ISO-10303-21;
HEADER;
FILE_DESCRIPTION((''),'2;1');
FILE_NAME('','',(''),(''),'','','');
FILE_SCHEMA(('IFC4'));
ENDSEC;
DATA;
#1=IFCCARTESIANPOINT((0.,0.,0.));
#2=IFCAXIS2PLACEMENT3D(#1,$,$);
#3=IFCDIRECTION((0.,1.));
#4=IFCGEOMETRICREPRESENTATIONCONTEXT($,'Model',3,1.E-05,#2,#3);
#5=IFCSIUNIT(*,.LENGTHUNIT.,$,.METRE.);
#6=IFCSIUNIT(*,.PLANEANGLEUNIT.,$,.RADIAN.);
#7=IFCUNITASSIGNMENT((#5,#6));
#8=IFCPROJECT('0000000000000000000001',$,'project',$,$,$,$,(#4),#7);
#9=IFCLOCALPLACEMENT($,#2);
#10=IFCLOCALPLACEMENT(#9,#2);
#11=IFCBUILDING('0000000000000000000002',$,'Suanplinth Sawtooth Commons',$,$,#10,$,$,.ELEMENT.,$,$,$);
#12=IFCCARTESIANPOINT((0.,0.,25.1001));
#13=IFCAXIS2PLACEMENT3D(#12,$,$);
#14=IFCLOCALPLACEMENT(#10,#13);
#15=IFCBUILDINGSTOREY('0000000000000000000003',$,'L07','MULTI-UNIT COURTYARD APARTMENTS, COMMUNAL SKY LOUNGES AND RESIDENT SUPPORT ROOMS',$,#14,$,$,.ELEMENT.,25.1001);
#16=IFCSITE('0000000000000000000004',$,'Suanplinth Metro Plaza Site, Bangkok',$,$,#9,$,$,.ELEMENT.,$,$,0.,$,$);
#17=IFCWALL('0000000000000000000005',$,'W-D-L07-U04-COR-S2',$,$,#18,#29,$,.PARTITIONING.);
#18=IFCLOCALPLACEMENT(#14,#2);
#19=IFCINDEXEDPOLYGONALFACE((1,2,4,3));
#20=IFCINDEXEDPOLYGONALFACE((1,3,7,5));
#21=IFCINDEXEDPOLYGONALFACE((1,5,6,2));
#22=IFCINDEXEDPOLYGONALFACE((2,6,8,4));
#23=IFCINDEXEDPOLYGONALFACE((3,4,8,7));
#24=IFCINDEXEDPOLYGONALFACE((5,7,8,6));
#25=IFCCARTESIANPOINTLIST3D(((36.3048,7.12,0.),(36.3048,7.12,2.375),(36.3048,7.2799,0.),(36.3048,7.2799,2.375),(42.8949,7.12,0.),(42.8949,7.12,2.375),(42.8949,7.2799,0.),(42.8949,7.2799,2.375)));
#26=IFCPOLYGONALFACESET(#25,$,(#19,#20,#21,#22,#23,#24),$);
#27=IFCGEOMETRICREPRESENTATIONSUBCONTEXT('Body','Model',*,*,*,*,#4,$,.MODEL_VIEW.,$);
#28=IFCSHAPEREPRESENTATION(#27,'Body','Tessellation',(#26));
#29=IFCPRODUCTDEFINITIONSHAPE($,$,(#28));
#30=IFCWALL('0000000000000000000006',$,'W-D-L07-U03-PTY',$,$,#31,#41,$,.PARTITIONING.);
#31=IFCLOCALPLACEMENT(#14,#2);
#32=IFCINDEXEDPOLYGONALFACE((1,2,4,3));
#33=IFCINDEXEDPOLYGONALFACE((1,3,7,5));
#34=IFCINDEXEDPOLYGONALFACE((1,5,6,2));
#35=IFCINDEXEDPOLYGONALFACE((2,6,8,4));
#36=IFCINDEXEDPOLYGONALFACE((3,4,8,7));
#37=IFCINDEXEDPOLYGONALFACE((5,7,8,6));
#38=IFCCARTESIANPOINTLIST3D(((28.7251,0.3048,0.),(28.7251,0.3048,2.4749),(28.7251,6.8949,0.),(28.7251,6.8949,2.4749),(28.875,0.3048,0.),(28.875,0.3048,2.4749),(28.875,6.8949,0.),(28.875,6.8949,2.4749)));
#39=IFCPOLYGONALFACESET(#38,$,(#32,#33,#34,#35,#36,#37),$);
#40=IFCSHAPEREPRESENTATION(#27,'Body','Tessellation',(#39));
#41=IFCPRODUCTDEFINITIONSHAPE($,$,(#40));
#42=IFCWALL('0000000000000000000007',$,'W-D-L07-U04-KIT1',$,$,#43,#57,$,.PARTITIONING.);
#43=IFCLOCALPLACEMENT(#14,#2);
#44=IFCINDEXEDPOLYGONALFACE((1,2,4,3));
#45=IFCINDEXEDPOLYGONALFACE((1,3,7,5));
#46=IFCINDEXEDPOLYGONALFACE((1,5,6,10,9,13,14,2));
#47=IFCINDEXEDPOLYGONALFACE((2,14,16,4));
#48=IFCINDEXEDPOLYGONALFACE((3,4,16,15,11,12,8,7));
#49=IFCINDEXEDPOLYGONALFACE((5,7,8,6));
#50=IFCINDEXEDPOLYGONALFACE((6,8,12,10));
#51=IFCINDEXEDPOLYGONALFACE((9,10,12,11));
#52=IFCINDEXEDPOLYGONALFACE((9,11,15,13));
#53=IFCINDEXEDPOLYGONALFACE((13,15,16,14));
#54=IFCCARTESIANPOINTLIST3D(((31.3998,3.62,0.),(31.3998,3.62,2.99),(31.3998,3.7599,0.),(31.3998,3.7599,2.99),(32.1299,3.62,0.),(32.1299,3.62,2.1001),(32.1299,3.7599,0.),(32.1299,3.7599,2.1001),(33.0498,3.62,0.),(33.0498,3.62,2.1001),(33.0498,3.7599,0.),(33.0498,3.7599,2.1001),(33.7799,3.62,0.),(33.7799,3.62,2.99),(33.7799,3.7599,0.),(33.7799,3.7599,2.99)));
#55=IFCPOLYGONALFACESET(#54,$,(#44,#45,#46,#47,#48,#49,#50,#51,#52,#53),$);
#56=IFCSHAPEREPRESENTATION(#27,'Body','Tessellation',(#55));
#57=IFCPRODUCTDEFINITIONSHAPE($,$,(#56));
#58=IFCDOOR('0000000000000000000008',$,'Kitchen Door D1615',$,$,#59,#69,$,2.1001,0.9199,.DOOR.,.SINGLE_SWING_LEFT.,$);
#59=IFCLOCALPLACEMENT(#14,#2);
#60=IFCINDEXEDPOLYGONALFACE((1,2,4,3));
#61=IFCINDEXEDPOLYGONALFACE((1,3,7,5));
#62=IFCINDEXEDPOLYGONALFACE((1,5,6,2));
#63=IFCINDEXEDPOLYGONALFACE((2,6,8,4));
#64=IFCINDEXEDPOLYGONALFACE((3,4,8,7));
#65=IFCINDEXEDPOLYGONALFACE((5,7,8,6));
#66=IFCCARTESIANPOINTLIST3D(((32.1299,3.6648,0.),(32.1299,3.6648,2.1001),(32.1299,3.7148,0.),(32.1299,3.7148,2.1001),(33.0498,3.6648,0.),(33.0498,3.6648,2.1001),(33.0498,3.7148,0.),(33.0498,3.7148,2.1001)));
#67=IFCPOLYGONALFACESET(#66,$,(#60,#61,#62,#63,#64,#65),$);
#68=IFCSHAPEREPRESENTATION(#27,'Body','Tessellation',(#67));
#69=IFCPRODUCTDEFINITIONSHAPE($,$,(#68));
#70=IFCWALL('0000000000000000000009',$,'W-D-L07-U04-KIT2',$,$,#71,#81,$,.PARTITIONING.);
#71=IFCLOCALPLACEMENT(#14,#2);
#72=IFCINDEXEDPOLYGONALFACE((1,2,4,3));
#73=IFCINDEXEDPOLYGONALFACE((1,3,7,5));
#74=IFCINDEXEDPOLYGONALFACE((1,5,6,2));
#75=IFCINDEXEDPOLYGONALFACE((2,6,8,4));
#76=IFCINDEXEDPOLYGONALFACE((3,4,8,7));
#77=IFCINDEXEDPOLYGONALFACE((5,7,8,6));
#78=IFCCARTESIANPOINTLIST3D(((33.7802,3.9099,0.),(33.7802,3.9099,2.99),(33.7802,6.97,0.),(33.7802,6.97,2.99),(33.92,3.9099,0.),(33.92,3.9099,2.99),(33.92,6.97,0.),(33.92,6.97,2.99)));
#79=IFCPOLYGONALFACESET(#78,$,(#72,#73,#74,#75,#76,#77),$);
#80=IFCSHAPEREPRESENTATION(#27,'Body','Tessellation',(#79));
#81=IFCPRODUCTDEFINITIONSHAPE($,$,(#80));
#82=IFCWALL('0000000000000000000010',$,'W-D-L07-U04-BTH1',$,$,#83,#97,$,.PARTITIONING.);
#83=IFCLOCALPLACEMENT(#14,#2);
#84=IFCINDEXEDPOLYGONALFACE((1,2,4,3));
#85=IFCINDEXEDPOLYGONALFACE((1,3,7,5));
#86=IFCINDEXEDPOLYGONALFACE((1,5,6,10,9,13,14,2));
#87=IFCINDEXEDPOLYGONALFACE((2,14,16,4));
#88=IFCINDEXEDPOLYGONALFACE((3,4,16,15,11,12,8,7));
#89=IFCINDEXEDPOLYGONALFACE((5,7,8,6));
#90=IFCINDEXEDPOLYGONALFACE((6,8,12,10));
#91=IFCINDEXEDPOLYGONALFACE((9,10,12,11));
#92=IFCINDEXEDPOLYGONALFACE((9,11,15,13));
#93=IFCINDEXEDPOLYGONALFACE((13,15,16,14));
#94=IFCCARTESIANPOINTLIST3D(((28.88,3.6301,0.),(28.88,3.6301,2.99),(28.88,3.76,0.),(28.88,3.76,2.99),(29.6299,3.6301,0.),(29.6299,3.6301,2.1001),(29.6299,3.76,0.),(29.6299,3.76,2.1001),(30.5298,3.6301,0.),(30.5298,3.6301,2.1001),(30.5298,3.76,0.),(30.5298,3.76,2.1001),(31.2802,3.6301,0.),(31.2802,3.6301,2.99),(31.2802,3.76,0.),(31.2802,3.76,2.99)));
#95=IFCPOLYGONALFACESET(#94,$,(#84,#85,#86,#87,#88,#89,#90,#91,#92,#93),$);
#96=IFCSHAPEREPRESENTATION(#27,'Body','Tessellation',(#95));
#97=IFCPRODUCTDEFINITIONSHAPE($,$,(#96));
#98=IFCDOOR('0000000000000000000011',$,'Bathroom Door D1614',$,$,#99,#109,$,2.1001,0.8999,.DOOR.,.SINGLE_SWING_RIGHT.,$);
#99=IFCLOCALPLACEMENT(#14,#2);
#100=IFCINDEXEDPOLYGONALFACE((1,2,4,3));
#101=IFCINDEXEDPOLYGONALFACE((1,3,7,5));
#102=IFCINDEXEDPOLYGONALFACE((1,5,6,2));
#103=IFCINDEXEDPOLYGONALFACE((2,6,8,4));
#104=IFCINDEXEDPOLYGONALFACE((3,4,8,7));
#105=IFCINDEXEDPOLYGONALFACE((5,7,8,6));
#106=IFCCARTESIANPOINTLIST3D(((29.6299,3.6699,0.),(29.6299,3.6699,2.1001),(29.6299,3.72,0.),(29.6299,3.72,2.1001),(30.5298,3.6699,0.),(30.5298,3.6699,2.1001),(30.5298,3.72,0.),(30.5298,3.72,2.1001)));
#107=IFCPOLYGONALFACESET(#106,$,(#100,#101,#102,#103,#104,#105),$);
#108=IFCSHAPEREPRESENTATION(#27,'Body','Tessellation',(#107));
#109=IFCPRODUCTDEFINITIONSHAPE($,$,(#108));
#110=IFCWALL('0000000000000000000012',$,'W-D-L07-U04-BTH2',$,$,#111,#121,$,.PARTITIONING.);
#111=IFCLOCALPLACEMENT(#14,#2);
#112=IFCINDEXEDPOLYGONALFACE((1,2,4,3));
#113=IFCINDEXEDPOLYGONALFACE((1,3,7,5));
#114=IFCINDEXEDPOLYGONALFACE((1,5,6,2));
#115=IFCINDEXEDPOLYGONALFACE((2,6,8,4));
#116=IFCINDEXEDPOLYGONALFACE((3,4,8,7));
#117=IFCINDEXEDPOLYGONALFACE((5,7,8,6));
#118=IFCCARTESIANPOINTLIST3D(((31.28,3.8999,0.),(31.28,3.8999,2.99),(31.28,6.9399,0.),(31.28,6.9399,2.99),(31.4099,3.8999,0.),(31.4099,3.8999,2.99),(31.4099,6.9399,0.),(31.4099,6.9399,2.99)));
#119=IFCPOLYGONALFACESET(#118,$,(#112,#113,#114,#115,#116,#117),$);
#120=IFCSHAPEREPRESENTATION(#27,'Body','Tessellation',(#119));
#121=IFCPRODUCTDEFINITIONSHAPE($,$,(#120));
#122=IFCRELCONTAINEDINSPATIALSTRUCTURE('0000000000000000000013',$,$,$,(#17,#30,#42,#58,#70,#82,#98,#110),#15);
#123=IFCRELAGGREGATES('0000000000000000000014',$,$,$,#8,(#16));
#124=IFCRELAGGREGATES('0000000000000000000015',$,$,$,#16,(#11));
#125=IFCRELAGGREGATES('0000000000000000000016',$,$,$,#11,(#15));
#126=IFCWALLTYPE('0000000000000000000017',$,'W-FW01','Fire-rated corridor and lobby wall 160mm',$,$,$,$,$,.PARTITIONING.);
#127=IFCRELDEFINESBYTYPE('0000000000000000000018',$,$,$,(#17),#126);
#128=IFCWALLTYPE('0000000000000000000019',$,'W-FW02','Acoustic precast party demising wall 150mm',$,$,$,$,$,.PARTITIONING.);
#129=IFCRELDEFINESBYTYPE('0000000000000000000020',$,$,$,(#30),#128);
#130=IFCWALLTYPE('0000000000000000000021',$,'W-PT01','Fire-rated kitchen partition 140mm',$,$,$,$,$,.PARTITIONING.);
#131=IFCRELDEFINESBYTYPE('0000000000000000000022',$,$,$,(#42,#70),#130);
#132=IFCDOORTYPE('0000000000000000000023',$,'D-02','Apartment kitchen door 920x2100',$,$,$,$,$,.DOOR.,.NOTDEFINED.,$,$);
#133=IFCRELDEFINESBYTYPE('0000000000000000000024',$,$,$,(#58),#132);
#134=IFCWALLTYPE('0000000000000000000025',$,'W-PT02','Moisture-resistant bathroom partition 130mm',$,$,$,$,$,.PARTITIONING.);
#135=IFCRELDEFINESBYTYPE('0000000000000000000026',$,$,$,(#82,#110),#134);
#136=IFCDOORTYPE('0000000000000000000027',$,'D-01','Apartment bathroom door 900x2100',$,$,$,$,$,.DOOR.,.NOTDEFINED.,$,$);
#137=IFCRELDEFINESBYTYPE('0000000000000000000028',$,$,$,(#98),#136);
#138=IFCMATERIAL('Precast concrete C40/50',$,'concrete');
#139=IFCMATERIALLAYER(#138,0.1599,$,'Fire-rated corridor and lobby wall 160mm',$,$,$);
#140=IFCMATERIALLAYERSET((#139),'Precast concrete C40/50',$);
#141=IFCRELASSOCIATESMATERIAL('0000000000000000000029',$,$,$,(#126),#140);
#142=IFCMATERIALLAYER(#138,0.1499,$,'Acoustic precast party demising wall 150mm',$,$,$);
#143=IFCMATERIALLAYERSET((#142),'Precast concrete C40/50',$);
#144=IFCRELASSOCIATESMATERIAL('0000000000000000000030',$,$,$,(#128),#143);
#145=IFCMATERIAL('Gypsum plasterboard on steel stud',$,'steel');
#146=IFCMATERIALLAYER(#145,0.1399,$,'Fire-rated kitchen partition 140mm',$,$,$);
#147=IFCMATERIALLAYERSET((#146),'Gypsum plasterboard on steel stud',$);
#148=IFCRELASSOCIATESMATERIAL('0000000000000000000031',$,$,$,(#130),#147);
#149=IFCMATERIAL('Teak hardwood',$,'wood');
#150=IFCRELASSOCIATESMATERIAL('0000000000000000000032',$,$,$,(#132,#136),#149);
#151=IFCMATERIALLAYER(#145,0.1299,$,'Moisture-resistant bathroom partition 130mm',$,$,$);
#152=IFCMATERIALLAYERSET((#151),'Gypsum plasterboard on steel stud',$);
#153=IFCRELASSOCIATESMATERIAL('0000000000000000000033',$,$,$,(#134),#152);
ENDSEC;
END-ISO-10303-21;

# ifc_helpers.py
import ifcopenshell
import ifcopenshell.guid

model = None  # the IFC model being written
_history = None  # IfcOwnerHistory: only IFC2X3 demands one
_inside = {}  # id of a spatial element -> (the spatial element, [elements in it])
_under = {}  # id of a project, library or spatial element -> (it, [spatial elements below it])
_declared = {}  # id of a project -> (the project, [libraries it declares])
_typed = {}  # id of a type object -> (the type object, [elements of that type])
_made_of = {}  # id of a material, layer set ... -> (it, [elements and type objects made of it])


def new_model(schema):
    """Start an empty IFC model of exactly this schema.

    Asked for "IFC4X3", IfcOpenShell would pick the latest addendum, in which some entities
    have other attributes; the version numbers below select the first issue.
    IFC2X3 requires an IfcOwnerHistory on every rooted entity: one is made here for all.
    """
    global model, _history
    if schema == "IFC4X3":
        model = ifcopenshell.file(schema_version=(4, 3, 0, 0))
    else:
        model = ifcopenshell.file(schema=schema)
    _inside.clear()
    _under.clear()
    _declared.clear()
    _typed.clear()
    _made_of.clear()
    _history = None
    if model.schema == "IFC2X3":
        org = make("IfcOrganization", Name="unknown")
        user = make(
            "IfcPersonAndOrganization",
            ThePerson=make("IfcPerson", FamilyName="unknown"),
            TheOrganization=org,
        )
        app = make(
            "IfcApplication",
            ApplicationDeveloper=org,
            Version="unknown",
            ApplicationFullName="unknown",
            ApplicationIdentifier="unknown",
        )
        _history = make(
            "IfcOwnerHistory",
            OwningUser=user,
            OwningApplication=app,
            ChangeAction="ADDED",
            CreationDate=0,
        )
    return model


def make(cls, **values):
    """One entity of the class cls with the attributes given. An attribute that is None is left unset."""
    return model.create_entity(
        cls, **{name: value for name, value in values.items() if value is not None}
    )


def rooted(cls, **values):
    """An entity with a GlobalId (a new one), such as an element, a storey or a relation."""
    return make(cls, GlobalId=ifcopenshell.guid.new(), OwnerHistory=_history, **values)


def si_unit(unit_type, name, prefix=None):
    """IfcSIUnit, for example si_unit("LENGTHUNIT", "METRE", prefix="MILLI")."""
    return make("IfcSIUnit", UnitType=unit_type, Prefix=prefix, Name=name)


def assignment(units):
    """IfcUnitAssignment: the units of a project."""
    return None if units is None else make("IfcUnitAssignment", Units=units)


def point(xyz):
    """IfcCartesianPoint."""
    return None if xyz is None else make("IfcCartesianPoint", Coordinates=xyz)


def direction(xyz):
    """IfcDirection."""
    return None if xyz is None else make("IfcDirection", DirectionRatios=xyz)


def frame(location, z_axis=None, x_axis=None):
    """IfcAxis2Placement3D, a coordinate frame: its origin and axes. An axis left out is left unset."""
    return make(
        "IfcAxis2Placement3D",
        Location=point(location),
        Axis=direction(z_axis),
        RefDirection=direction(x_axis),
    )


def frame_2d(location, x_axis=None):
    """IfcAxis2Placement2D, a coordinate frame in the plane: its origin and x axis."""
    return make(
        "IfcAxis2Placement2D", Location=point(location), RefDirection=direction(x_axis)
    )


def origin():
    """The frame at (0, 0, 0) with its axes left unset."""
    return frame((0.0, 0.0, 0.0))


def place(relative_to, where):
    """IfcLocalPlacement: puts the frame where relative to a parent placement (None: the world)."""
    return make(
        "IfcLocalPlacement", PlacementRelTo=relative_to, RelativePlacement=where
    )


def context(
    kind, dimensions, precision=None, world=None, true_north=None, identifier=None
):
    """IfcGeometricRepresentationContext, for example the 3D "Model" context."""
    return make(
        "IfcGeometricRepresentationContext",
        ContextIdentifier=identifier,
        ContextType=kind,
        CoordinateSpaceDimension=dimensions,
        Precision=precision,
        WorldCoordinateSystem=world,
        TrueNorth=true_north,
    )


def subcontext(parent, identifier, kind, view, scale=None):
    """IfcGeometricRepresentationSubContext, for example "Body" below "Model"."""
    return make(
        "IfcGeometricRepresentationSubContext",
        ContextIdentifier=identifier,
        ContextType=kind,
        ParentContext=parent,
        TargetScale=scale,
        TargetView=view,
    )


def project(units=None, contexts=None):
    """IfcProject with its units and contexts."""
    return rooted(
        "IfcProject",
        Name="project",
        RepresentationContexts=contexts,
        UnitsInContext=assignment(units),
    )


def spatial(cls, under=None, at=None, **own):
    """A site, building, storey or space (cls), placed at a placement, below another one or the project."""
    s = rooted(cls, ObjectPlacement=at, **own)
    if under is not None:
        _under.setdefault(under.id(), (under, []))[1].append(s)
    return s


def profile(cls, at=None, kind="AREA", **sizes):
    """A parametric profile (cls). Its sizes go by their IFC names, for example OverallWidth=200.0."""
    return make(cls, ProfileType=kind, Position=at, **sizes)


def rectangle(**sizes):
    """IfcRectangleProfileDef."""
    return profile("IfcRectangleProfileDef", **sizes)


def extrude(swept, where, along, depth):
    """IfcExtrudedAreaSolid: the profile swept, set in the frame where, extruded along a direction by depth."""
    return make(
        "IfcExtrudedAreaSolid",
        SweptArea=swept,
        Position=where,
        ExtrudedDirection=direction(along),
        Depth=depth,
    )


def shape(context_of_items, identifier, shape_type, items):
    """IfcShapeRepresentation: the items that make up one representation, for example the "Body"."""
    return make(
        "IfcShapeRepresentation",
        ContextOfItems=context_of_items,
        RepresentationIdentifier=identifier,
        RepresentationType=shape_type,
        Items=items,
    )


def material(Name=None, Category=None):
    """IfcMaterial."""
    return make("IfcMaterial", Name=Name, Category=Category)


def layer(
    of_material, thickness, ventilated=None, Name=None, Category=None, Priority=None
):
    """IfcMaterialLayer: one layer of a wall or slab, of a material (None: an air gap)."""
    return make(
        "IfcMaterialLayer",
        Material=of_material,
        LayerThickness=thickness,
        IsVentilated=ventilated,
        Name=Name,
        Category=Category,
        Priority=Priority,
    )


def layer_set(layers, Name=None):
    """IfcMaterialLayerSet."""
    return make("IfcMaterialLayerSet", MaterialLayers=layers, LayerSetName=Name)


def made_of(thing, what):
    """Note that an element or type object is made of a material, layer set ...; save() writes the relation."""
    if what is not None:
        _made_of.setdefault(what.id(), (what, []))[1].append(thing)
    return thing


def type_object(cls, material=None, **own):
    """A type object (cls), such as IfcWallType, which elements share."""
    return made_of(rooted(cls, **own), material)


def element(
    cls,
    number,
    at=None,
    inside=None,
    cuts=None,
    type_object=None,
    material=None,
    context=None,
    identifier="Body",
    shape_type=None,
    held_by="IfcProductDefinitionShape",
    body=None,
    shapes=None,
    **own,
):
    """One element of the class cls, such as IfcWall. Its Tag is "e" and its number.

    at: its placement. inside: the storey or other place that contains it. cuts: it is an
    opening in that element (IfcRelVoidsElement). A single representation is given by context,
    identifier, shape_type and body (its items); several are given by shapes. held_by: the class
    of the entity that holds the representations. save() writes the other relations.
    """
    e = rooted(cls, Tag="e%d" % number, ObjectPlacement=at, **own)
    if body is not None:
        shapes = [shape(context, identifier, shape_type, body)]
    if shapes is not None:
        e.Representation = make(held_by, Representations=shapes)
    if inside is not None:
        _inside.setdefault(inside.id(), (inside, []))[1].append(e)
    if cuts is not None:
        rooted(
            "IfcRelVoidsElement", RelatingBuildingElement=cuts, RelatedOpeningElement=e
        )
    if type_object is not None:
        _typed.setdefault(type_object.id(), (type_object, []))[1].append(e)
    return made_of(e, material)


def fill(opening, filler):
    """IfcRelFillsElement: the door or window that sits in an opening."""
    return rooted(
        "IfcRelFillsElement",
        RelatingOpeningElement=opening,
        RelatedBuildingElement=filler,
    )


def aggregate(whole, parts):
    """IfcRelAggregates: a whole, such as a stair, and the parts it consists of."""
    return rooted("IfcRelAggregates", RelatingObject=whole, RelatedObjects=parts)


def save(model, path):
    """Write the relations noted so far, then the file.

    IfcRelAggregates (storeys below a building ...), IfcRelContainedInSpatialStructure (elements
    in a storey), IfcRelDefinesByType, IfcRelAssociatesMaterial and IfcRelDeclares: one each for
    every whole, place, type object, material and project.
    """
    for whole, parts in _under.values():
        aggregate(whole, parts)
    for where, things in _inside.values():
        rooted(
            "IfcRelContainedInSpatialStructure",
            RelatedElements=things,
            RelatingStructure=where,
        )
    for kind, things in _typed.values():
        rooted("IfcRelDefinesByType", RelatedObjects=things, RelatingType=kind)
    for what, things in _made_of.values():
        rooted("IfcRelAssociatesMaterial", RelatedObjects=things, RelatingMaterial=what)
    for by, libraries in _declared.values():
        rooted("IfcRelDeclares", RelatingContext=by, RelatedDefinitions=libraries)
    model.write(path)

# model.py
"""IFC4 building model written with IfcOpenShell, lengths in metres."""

from ifc_helpers import new_model, si_unit, direction, frame, frame_2d, origin, place, context, subcontext, project, spatial, rectangle, extrude, material, layer, layer_set, type_object, element, fill, save


model = new_model("IFC4")

# Units and contexts
model_context = context("Model", 3, precision=1e-05, world=origin(), true_north=direction((0.0, 1.0)))
body_context = subcontext(model_context, "Body", "Model", "MODEL_VIEW")
ifc_project = project(units=[si_unit("LENGTHUNIT", "METRE"), si_unit("PLANEANGLEUNIT", "RADIAN")], contexts=[model_context])

# Site, building, storey
site_placement = place(None, origin())
site = spatial("IfcSite", under=ifc_project, at=site_placement, Name="Suanplinth Metro Plaza Site, Bangkok", CompositionType="ELEMENT", RefElevation=0.0)
building_placement = place(site_placement, origin())
building = spatial("IfcBuilding", under=site, at=building_placement, Name="Suanplinth Sawtooth Commons", CompositionType="ELEMENT")
storey_placement = place(building_placement, frame((0.0, 0.0, 25.1001)))
storey = spatial("IfcBuildingStorey", under=building, at=storey_placement, Name="L07", Description="MULTI-UNIT COURTYARD APARTMENTS, COMMUNAL SKY LOUNGES AND RESIDENT SUPPORT ROOMS", CompositionType="ELEMENT", Elevation=25.1001)

# Shared definitions
ifc_material_1 = material(Name="Precast concrete C40/50", Category="concrete")

# Shared definitions
ifc_layer_1 = layer(ifc_material_1, 0.1599, Name="Fire-rated corridor and lobby wall 160mm")
ifc_layer_set_1 = layer_set([ifc_layer_1], Name="Precast concrete C40/50")
wall_type_1 = type_object("IfcWallType", Name="W-FW01", Description="Fire-rated corridor and lobby wall 160mm", PredefinedType="PARTITIONING", material=ifc_layer_set_1)

# Walls
wall_1_placement = place(storey_placement, frame((36.3049, 7.2, 0.0), z_axis=(0.0, 0.0, 1.0), x_axis=(1.0, 0.0, 0.0)))
element("IfcWall", 1, at=wall_1_placement, inside=storey, type_object=wall_type_1, Name="W-D-L07-U04-COR-S2", PredefinedType="PARTITIONING", context=body_context, shape_type="SweptSolid", body=[
    extrude(rectangle(XDim=6.5901, YDim=0.1599, at=frame_2d((3.2949, 0.0))), origin(), (0.0, 0.0, 1.0), 2.375),
])
ifc_layer_2 = layer(ifc_material_1, 0.1499, Name="Acoustic precast party demising wall 150mm")
ifc_layer_set_2 = layer_set([ifc_layer_2], Name="Precast concrete C40/50")
wall_type_2 = type_object("IfcWallType", Name="W-FW02", Description="Acoustic precast party demising wall 150mm", PredefinedType="PARTITIONING", material=ifc_layer_set_2)
wall_2_placement = place(storey_placement, frame((28.8, 0.3049, 0.0), z_axis=(0.0, 0.0, 1.0), x_axis=(0.0, 1.0, 0.0)))
element("IfcWall", 2, at=wall_2_placement, inside=storey, type_object=wall_type_2, Name="W-D-L07-U03-PTY", PredefinedType="PARTITIONING", context=body_context, shape_type="SweptSolid", body=[
    extrude(rectangle(XDim=6.5901, YDim=0.1499, at=frame_2d((3.2949, 0.0))), origin(), (0.0, 0.0, 1.0), 2.4749),
])

# Wall, opening, door
ifc_material_2 = material(Name="Gypsum plasterboard on steel stud", Category="steel")
ifc_layer_3 = layer(ifc_material_2, 0.1399, Name="Fire-rated kitchen partition 140mm")
ifc_layer_set_3 = layer_set([ifc_layer_3], Name="Gypsum plasterboard on steel stud")
wall_type_3 = type_object("IfcWallType", Name="W-PT01", Description="Fire-rated kitchen partition 140mm", PredefinedType="PARTITIONING", material=ifc_layer_set_3)
wall_3_placement = place(storey_placement, frame((31.3999, 3.6899, 0.0), z_axis=(0.0, 0.0, 1.0), x_axis=(1.0, 0.0, 0.0)))
wall_3 = element("IfcWall", 3, at=wall_3_placement, inside=storey, type_object=wall_type_3, Name="W-D-L07-U04-KIT1", PredefinedType="PARTITIONING", context=body_context, shape_type="SweptSolid", body=[
    extrude(rectangle(XDim=2.3801, YDim=0.1399, at=frame_2d((1.1899, 0.0))), origin(), (0.0, 0.0, 1.0), 2.99),
])
opening_1_placement = place(wall_3_placement, frame((0.73, 0.0, 0.0)))
opening_1 = element("IfcOpeningElement", 4, at=opening_1_placement, cuts=wall_3, PredefinedType="OPENING", context=body_context, shape_type="SweptSolid", body=[
    extrude(rectangle(XDim=0.9199, YDim=2.1001, at=frame_2d((0.46, 1.05))), frame((0.0, 0.085, 0.0), z_axis=(0.0, -1.0, 0.0), x_axis=(1.0, 0.0, 0.0)), (0.0, 0.0, 1.0), 0.1697),
])
ifc_material_3 = material(Name="Teak hardwood", Category="wood")
door_type_1 = type_object("IfcDoorType", Name="D-02", Description="Apartment kitchen door 920x2100", OperationType="NOTDEFINED", PredefinedType="DOOR", material=ifc_material_3)
door_1_placement = place(opening_1_placement, origin())
door_1 = element("IfcDoor", 5, at=door_1_placement, inside=storey, type_object=door_type_1, Name="Kitchen Door D1615", OperationType="SINGLE_SWING_LEFT", OverallHeight=2.1001, OverallWidth=0.9199, PredefinedType="DOOR", context=body_context, shape_type="SweptSolid", body=[
    extrude(rectangle(XDim=0.9199, YDim=2.1001, at=frame_2d((0.46, 1.05))), frame((0.0, 0.0249, 0.0), z_axis=(0.0, -1.0, 0.0), x_axis=(1.0, 0.0, 0.0)), (0.0, 0.0, 1.0), 0.05),
])
fill(opening_1, door_1)

# Wall
wall_4_placement = place(storey_placement, frame((33.8501, 3.9099, 0.0), z_axis=(0.0, 0.0, 1.0), x_axis=(0.0, 1.0, 0.0)))
element("IfcWall", 6, at=wall_4_placement, inside=storey, type_object=wall_type_3, Name="W-D-L07-U04-KIT2", PredefinedType="PARTITIONING", context=body_context, shape_type="SweptSolid", body=[
    extrude(rectangle(XDim=3.0601, YDim=0.1399, at=frame_2d((1.53, 0.0))), origin(), (0.0, 0.0, 1.0), 2.99),
])

# Wall, opening, door
ifc_layer_4 = layer(ifc_material_2, 0.1299, Name="Moisture-resistant bathroom partition 130mm")
ifc_layer_set_4 = layer_set([ifc_layer_4], Name="Gypsum plasterboard on steel stud")
wall_type_4 = type_object("IfcWallType", Name="W-PT02", Description="Moisture-resistant bathroom partition 130mm", PredefinedType="PARTITIONING", material=ifc_layer_set_4)
wall_5_placement = place(storey_placement, frame((28.8799, 3.6951, 0.0), z_axis=(0.0, 0.0, 1.0), x_axis=(1.0, 0.0, 0.0)))
wall_5 = element("IfcWall", 7, at=wall_5_placement, inside=storey, type_object=wall_type_4, Name="W-D-L07-U04-BTH1", PredefinedType="PARTITIONING", context=body_context, shape_type="SweptSolid", body=[
    extrude(rectangle(XDim=2.4001, YDim=0.1299, at=frame_2d((1.2002, 0.0))), origin(), (0.0, 0.0, 1.0), 2.99),
])
opening_2_placement = place(wall_5_placement, frame((0.75, 0.0, 0.0)))
opening_2 = element("IfcOpeningElement", 8, at=opening_2_placement, cuts=wall_5, PredefinedType="OPENING", context=body_context, shape_type="SweptSolid", body=[
    extrude(rectangle(XDim=0.8999, YDim=2.1001, at=frame_2d((0.45, 1.05))), frame((0.0, 0.0798, 0.0), z_axis=(0.0, -1.0, 0.0), x_axis=(1.0, 0.0, 0.0)), (0.0, 0.0, 1.0), 0.1597),
])
door_type_2 = type_object("IfcDoorType", Name="D-01", Description="Apartment bathroom door 900x2100", OperationType="NOTDEFINED", PredefinedType="DOOR", material=ifc_material_3)
door_2_placement = place(opening_2_placement, origin())
door_2 = element("IfcDoor", 9, at=door_2_placement, inside=storey, type_object=door_type_2, Name="Bathroom Door D1614", OperationType="SINGLE_SWING_RIGHT", OverallHeight=2.1001, OverallWidth=0.8999, PredefinedType="DOOR", context=body_context, shape_type="SweptSolid", body=[
    extrude(rectangle(XDim=0.8999, YDim=2.1001, at=frame_2d((0.45, 1.05))), frame((0.0, 0.0249, 0.0), z_axis=(0.0, -1.0, 0.0), x_axis=(1.0, 0.0, 0.0)), (0.0, 0.0, 1.0), 0.05),
])
fill(opening_2, door_2)

# Wall
wall_6_placement = place(storey_placement, frame((31.345, 3.8999, 0.0), z_axis=(0.0, 0.0, 1.0), x_axis=(0.0, 1.0, 0.0)))
element("IfcWall", 10, at=wall_6_placement, inside=storey, type_object=wall_type_4, Name="W-D-L07-U04-BTH2", PredefinedType="PARTITIONING", context=body_context, shape_type="SweptSolid", body=[
    extrude(rectangle(XDim=3.04, YDim=0.1299, at=frame_2d((1.52, 0.0))), origin(), (0.0, 0.0, 1.0), 2.99),
])

save(model, "model.ifc")
